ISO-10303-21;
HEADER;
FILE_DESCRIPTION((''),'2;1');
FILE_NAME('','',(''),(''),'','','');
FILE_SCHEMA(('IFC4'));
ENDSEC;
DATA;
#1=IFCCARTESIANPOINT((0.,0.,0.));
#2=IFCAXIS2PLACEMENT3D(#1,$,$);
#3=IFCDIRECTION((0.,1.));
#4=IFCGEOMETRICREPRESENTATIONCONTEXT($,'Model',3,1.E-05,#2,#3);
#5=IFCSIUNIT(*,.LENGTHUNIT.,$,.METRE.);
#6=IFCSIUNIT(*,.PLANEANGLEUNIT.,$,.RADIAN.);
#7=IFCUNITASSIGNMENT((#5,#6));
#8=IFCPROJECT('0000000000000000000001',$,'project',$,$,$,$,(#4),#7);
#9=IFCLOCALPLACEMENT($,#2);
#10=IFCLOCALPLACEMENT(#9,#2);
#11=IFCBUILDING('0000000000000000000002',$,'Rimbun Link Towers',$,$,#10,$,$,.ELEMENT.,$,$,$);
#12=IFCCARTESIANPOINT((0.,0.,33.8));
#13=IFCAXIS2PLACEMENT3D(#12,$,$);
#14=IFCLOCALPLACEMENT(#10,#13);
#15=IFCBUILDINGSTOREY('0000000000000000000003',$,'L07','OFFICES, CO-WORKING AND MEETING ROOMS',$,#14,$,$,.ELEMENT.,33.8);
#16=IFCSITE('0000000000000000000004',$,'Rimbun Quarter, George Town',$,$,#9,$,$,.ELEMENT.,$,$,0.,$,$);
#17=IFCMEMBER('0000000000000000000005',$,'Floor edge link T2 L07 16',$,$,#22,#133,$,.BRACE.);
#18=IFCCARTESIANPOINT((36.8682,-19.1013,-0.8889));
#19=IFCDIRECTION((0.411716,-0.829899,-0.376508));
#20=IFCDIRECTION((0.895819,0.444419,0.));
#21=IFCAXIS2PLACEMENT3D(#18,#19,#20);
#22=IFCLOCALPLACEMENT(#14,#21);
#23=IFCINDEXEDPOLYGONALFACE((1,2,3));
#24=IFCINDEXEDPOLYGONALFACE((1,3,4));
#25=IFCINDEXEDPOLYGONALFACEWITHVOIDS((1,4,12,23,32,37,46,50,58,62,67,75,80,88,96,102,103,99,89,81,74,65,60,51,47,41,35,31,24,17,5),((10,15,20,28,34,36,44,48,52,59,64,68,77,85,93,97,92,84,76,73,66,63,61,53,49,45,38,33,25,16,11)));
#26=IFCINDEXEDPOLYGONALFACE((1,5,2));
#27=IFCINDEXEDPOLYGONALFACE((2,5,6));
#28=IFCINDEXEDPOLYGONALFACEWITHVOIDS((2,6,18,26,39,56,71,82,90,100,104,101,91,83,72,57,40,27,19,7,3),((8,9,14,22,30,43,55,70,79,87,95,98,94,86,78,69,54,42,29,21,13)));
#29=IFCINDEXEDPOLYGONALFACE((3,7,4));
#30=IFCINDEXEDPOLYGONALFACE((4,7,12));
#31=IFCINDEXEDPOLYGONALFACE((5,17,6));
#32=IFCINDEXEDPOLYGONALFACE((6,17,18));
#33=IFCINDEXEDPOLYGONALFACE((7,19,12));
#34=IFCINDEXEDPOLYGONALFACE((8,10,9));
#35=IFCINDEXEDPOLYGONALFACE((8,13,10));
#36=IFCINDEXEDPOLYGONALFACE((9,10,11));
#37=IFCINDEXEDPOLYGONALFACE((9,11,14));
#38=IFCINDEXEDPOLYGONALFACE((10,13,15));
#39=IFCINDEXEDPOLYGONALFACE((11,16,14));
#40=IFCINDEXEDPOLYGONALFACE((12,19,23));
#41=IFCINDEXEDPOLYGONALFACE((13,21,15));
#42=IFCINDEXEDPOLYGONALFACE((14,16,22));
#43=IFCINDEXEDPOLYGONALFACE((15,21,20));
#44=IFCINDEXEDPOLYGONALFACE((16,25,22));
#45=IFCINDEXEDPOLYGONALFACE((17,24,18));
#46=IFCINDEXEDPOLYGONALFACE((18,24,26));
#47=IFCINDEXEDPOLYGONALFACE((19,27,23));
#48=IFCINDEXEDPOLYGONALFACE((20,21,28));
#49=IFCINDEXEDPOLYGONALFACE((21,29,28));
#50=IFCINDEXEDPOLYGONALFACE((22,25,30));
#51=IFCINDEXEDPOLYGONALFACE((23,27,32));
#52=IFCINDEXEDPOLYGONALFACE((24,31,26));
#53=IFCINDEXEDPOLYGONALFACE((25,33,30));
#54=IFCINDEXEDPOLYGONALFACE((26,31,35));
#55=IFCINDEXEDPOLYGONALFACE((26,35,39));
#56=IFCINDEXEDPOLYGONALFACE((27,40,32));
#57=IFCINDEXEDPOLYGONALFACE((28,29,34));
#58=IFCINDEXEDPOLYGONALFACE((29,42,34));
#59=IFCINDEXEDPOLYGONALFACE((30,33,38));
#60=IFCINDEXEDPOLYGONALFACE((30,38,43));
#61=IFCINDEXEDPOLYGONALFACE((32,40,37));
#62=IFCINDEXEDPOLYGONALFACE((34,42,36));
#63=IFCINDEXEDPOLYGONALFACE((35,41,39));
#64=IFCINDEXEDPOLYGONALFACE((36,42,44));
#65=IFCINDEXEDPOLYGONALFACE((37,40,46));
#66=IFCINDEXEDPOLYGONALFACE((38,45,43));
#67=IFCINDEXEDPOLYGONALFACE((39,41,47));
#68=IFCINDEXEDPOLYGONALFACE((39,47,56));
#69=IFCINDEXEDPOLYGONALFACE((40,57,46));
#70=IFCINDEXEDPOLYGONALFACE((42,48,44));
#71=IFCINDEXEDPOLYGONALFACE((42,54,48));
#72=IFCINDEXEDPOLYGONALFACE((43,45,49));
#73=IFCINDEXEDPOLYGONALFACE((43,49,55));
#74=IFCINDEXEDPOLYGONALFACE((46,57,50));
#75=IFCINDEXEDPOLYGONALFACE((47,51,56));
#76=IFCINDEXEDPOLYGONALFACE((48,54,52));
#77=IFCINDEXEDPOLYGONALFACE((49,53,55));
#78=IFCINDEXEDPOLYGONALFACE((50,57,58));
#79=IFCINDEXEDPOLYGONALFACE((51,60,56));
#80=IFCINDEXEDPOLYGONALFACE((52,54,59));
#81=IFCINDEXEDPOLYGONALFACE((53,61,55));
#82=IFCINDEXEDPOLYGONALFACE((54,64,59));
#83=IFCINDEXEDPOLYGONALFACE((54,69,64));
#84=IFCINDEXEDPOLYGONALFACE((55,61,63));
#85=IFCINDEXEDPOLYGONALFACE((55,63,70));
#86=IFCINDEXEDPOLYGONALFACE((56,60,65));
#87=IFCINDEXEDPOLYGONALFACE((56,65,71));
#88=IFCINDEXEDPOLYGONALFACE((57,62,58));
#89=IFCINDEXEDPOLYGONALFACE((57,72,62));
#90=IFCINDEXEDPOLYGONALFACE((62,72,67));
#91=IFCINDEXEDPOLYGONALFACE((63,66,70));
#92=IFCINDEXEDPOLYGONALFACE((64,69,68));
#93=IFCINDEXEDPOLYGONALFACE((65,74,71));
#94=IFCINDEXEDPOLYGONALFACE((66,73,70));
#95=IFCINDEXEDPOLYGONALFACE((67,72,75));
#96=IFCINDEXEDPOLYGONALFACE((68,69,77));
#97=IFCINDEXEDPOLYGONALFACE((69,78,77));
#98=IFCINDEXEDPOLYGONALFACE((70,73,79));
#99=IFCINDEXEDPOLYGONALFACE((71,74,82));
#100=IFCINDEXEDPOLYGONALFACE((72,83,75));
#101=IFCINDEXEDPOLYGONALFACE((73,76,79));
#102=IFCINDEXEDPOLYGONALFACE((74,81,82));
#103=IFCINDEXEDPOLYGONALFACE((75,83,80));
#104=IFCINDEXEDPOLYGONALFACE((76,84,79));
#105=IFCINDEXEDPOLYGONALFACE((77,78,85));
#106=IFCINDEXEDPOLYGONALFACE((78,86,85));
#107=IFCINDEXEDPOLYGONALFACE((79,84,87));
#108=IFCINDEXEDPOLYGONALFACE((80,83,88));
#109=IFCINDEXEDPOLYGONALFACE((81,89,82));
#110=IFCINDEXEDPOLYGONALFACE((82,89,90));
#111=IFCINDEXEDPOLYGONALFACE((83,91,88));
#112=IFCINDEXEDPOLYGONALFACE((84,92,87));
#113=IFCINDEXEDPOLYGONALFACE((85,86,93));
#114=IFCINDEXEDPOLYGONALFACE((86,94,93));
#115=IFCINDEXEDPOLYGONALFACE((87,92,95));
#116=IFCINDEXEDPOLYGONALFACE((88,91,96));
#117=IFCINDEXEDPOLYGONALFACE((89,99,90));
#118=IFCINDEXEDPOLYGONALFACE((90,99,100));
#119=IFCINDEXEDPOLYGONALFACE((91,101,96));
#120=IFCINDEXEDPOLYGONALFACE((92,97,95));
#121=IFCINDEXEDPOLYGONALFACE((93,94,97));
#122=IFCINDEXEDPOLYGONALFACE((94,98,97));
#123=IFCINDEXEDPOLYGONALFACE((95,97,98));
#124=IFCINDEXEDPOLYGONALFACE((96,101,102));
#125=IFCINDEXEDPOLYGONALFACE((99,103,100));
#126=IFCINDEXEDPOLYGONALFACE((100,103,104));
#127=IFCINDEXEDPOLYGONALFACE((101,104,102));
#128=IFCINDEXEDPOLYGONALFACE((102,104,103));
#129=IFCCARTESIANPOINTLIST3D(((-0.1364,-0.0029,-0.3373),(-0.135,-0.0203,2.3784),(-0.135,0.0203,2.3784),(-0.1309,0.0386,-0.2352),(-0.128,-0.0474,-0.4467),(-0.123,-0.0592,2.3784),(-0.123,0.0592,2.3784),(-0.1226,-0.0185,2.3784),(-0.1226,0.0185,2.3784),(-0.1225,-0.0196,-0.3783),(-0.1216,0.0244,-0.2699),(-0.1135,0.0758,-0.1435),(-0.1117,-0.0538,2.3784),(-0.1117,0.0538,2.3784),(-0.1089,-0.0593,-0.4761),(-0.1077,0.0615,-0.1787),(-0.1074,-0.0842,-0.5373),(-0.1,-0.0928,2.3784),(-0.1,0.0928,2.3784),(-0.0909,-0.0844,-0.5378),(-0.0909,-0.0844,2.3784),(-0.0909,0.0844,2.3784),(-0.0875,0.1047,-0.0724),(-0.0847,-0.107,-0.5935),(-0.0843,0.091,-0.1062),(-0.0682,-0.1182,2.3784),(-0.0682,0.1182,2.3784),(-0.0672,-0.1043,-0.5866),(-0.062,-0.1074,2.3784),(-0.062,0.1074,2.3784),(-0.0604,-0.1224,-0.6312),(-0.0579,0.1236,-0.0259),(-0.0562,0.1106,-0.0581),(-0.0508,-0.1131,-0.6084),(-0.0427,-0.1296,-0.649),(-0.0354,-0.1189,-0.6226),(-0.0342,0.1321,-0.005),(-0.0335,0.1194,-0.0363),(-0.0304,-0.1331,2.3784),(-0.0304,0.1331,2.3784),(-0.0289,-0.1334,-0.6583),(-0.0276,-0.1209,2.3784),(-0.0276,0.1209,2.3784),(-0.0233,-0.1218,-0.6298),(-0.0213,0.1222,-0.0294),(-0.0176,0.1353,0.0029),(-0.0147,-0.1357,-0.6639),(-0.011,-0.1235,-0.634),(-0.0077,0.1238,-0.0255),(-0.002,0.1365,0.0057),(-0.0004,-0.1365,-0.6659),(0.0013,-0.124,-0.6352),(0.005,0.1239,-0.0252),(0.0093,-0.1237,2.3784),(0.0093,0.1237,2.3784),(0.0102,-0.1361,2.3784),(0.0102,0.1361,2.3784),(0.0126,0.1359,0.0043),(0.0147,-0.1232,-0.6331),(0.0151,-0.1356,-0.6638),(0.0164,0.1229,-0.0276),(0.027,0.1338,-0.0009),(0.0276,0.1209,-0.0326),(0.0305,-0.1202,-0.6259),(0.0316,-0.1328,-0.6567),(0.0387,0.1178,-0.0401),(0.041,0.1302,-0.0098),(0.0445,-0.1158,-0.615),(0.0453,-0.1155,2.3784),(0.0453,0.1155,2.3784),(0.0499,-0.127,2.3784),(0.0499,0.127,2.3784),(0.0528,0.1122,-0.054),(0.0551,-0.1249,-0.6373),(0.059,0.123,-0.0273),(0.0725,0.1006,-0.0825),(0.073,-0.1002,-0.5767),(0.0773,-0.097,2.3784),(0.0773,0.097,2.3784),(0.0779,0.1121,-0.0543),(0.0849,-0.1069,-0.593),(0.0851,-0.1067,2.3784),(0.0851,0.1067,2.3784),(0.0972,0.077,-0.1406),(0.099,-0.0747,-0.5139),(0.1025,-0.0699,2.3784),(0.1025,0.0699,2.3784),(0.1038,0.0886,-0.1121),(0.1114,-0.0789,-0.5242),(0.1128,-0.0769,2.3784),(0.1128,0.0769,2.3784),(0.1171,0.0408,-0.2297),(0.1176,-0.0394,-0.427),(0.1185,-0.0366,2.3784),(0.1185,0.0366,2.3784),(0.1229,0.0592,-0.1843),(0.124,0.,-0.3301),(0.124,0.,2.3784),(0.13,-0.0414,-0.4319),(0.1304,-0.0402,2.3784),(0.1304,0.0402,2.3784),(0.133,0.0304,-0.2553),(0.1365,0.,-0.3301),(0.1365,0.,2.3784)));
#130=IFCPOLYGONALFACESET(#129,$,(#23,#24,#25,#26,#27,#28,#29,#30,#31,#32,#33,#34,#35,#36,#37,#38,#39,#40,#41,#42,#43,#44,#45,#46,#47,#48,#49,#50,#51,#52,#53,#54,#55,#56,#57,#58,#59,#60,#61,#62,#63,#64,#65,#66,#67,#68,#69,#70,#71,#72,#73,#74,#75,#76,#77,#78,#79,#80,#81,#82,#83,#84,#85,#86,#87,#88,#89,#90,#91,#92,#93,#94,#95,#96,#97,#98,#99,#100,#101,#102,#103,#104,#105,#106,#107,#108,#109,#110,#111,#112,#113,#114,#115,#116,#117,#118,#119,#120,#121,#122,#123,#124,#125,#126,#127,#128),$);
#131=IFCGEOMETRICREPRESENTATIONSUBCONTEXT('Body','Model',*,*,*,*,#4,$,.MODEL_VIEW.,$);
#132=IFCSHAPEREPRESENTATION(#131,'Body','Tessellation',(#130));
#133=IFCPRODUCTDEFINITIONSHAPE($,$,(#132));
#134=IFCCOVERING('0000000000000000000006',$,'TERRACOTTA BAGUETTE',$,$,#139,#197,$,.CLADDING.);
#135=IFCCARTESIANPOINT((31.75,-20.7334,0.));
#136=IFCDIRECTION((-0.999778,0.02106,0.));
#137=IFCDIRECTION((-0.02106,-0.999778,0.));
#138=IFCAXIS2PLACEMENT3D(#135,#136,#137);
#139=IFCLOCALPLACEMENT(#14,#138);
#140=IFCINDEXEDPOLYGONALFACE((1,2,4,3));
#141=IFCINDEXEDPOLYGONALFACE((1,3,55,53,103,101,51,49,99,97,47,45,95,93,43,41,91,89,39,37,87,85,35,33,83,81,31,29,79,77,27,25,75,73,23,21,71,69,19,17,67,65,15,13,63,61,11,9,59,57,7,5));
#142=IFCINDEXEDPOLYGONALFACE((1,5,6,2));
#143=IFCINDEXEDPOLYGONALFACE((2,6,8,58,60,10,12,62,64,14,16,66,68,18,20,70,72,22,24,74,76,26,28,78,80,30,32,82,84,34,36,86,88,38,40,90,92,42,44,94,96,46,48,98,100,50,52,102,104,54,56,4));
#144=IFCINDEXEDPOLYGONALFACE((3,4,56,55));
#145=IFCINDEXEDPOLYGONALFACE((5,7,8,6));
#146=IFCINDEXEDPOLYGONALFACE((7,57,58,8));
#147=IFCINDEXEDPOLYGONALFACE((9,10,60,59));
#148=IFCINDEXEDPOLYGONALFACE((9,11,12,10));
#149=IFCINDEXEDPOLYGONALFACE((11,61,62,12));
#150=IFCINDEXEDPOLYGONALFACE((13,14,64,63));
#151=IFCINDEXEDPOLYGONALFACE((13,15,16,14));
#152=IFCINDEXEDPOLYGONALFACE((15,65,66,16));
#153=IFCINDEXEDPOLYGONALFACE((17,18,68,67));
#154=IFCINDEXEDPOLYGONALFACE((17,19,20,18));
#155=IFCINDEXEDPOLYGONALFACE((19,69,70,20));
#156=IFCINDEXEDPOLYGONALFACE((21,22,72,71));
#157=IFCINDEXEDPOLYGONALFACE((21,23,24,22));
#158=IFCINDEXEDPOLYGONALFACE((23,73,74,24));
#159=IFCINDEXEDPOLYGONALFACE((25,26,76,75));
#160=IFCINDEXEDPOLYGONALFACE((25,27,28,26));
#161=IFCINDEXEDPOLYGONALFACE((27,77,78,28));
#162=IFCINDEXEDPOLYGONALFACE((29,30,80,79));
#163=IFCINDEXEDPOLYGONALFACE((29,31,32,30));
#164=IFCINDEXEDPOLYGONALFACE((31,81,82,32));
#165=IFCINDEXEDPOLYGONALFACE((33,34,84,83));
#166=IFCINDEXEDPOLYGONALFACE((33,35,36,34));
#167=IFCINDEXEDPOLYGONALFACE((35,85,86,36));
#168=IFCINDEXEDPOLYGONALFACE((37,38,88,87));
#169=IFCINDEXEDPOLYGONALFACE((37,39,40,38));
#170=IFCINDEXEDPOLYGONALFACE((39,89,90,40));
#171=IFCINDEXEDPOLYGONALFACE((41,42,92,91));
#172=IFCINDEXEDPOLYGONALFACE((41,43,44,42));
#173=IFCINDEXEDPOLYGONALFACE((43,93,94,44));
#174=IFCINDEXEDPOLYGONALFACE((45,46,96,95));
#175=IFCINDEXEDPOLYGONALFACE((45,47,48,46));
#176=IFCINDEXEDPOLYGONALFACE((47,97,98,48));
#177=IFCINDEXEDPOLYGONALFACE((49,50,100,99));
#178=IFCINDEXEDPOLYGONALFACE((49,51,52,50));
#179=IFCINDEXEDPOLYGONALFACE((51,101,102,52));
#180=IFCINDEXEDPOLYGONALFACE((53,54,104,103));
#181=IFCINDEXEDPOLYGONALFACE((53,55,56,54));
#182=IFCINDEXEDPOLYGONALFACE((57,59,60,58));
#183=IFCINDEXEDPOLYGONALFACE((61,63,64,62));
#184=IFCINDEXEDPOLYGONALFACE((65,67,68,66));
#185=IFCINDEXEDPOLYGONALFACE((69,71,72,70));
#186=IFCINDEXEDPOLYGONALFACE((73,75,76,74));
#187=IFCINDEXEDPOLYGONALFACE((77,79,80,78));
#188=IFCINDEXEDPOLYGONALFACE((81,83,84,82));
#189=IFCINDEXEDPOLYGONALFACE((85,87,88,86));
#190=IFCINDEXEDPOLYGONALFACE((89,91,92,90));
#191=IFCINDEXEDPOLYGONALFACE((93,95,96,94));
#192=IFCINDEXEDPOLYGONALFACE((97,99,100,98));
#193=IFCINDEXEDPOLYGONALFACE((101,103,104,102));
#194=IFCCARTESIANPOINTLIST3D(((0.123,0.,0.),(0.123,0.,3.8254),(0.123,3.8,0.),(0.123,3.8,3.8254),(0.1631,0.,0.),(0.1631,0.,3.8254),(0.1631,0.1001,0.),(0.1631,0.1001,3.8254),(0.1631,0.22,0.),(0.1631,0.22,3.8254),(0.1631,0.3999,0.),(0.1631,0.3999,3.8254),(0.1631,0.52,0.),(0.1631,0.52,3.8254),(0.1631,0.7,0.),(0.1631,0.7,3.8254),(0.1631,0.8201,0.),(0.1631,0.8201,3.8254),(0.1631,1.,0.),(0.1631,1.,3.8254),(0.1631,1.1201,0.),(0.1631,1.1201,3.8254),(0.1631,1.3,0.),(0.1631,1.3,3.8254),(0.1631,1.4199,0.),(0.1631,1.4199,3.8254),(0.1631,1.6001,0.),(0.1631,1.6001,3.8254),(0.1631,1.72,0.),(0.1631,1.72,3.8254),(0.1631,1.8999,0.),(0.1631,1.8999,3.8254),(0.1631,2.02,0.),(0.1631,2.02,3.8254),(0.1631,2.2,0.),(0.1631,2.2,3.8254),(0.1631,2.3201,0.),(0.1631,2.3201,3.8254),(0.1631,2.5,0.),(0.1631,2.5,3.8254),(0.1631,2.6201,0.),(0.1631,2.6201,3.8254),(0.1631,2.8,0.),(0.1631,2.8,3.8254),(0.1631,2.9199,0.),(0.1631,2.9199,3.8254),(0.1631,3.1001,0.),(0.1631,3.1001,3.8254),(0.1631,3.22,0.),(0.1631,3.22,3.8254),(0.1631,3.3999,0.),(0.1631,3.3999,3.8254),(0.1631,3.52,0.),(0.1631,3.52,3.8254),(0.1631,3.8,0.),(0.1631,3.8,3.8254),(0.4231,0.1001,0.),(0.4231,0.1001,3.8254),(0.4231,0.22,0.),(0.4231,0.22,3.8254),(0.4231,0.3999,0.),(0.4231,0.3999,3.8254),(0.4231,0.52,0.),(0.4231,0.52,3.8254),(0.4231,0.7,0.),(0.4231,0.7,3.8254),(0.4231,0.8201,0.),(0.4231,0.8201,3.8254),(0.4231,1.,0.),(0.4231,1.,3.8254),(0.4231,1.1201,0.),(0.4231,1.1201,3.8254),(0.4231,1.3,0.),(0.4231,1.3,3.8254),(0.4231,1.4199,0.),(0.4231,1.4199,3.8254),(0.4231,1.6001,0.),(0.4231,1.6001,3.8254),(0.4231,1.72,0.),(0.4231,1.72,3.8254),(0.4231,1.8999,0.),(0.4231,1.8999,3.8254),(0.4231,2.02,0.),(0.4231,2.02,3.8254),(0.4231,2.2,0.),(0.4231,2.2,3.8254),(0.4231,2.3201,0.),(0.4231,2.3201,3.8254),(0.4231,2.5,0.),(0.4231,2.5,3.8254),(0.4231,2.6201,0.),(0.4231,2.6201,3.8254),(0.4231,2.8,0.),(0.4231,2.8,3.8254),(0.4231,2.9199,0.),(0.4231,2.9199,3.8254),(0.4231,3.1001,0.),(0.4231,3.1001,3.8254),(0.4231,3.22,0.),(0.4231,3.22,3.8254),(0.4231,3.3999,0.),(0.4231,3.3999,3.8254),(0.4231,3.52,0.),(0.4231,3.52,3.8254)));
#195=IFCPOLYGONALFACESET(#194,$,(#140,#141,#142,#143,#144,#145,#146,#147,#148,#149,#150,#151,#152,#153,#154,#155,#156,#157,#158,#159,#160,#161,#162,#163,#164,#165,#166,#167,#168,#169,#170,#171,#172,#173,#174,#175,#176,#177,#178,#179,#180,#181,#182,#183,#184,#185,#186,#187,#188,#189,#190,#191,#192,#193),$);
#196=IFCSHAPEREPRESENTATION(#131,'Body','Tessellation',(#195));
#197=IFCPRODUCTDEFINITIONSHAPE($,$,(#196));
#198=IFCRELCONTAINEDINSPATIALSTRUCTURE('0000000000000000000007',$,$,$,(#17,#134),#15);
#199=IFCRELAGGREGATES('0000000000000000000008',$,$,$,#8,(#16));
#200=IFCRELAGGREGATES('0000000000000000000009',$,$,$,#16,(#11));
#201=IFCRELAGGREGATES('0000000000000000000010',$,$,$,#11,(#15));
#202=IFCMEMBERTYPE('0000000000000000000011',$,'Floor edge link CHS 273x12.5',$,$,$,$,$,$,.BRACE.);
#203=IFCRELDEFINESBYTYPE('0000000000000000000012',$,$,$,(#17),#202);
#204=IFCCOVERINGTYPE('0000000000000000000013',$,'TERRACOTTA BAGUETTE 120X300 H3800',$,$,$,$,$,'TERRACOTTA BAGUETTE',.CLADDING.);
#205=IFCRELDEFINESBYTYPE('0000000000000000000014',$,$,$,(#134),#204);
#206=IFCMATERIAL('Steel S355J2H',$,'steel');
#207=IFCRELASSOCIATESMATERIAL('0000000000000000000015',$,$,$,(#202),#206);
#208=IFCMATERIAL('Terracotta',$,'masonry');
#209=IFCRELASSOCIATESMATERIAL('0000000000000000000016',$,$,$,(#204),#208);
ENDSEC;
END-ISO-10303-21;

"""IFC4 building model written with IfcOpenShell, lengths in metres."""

from ifc_helpers import new_model, si_unit, direction, frame, origin, origin_2d, place, context, subcontext, project, spatial, polyline, hollow_circle, outline, extrude, clip, halfspace, material, material_profile, profile_set, type_object, element, save


model = new_model("IFC4")

# Units and contexts
model_context = context("Model", 3, precision=1e-05, world=origin(), true_north=direction((0.0, 1.0)))
body_context = subcontext(model_context, "Body", "Model", "MODEL_VIEW")
ifc_project = project(units=[si_unit("LENGTHUNIT", "METRE"), si_unit("PLANEANGLEUNIT", "RADIAN")], contexts=[model_context])

# Site, building, storey
site_placement = place(None, origin())
site = spatial("IfcSite", under=ifc_project, at=site_placement, Name="Rimbun Quarter, George Town", CompositionType="ELEMENT", RefElevation=0.0)
building_placement = place(site_placement, origin())
building = spatial("IfcBuilding", under=site, at=building_placement, Name="Rimbun Link Towers", CompositionType="ELEMENT")
storey_placement = place(building_placement, frame((0.0, 0.0, 33.8)))
storey = spatial("IfcBuildingStorey", under=building, at=storey_placement, Name="L07", Description="OFFICES, CO-WORKING AND MEETING ROOMS", CompositionType="ELEMENT", Elevation=33.8)

# Member
ifc_material_1 = material(Name="Steel S355J2H", Category="steel")
ifc_material_profile_1 = material_profile(ifc_material_1, hollow_circle(Radius=0.1365, WallThickness=0.0125, at=origin_2d()), Name="CHS 273x12.5")
ifc_profile_set_1 = profile_set([ifc_material_profile_1], Name="Steel S355J2H")
member_type_1 = type_object("IfcMemberType", Name="Floor edge link CHS 273x12.5", PredefinedType="BRACE", material=ifc_profile_set_1)
member_1_placement = place(storey_placement, frame((36.8682, -19.1013, -0.8889), z_axis=(0.411716, -0.829899, -0.376508), x_axis=(0.895819, 0.444419, 0.0)))
element("IfcMember", 1, at=member_1_placement, inside=storey, type_object=member_type_1, Name="Floor edge link T2 L07 16", PredefinedType="BRACE", context=body_context, shape_type="Clipping", body=[
    clip(extrude(hollow_circle(Radius=0.1365, WallThickness=0.0125, at=origin_2d()), frame((0.0, 0.0, -0.6982)), (0.0, 0.0, 1.0), 3.0767), halfspace(frame((0.0, 0.0, -0.3301), z_axis=(0.0, 0.926413, -0.376508)), False)),
])

# Covering
ifc_material_2 = material(Name="Terracotta", Category="masonry")
ifc_material_profile_2 = material_profile(ifc_material_2, outline(polyline([(0.123, 0.0), (0.1631, 0.0), (0.1631, 0.1001), (0.4231, 0.1001), (0.4231, 0.22), (0.1631, 0.22), (0.1631, 0.3999), (0.4231, 0.3999), (0.4231, 0.52), (0.1631, 0.52), (0.1631, 0.7), (0.4231, 0.7), (0.4231, 0.8201), (0.1631, 0.8201), (0.1631, 1.0), (0.4231, 1.0), (0.4231, 1.1201), (0.1631, 1.1201), (0.1631, 1.3), (0.4231, 1.3), (0.4231, 1.4199), (0.1631, 1.4199), (0.1631, 1.6001), (0.4231, 1.6001), (0.4231, 1.72), (0.1631, 1.72), (0.1631, 1.8999), (0.4231, 1.8999), (0.4231, 2.02), (0.1631, 2.02), (0.1631, 2.2), (0.4231, 2.2), (0.4231, 2.3201), (0.1631, 2.3201), (0.1631, 2.5), (0.4231, 2.5), (0.4231, 2.6201), (0.1631, 2.6201), (0.1631, 2.8), (0.4231, 2.8), (0.4231, 2.9199), (0.1631, 2.9199), (0.1631, 3.1001), (0.4231, 3.1001), (0.4231, 3.22), (0.1631, 3.22), (0.1631, 3.3999), (0.4231, 3.3999), (0.4231, 3.52), (0.1631, 3.52), (0.1631, 3.8), (0.123, 3.8), (0.123, 0.0)])), Name="BAGUETTE 120X300")
ifc_profile_set_2 = profile_set([ifc_material_profile_2], Name="Terracotta")
covering_type = type_object("IfcCoveringType", Name="TERRACOTTA BAGUETTE 120X300 H3800", ElementType="TERRACOTTA BAGUETTE", PredefinedType="CLADDING", material=ifc_profile_set_2)
covering_1_placement = place(storey_placement, frame((31.75, -20.7334, 0.0), z_axis=(-0.999778, 0.02106, 0.0), x_axis=(-0.02106, -0.999778, 0.0)))
element("IfcCovering", 2, at=covering_1_placement, inside=storey, type_object=covering_type, Name="TERRACOTTA BAGUETTE", PredefinedType="CLADDING", context=body_context, shape_type="SweptSolid", body=[
    extrude(outline(polyline([(0.123, 0.0), (0.1631, 0.0), (0.1631, 0.1001), (0.4231, 0.1001), (0.4231, 0.22), (0.1631, 0.22), (0.1631, 0.3999), (0.4231, 0.3999), (0.4231, 0.52), (0.1631, 0.52), (0.1631, 0.7), (0.4231, 0.7), (0.4231, 0.8201), (0.1631, 0.8201), (0.1631, 1.0), (0.4231, 1.0), (0.4231, 1.1201), (0.1631, 1.1201), (0.1631, 1.3), (0.4231, 1.3), (0.4231, 1.4199), (0.1631, 1.4199), (0.1631, 1.6001), (0.4231, 1.6001), (0.4231, 1.72), (0.1631, 1.72), (0.1631, 1.8999), (0.4231, 1.8999), (0.4231, 2.02), (0.1631, 2.02), (0.1631, 2.2), (0.4231, 2.2), (0.4231, 2.3201), (0.1631, 2.3201), (0.1631, 2.5), (0.4231, 2.5), (0.4231, 2.6201), (0.1631, 2.6201), (0.1631, 2.8), (0.4231, 2.8), (0.4231, 2.9199), (0.1631, 2.9199), (0.1631, 3.1001), (0.4231, 3.1001), (0.4231, 3.22), (0.1631, 3.22), (0.1631, 3.3999), (0.4231, 3.3999), (0.4231, 3.52), (0.1631, 3.52), (0.1631, 3.8), (0.123, 3.8), (0.123, 0.0)])), origin(), (0.0, 0.0, 1.0), 3.8254),
])

save(model, "model.ifc")
